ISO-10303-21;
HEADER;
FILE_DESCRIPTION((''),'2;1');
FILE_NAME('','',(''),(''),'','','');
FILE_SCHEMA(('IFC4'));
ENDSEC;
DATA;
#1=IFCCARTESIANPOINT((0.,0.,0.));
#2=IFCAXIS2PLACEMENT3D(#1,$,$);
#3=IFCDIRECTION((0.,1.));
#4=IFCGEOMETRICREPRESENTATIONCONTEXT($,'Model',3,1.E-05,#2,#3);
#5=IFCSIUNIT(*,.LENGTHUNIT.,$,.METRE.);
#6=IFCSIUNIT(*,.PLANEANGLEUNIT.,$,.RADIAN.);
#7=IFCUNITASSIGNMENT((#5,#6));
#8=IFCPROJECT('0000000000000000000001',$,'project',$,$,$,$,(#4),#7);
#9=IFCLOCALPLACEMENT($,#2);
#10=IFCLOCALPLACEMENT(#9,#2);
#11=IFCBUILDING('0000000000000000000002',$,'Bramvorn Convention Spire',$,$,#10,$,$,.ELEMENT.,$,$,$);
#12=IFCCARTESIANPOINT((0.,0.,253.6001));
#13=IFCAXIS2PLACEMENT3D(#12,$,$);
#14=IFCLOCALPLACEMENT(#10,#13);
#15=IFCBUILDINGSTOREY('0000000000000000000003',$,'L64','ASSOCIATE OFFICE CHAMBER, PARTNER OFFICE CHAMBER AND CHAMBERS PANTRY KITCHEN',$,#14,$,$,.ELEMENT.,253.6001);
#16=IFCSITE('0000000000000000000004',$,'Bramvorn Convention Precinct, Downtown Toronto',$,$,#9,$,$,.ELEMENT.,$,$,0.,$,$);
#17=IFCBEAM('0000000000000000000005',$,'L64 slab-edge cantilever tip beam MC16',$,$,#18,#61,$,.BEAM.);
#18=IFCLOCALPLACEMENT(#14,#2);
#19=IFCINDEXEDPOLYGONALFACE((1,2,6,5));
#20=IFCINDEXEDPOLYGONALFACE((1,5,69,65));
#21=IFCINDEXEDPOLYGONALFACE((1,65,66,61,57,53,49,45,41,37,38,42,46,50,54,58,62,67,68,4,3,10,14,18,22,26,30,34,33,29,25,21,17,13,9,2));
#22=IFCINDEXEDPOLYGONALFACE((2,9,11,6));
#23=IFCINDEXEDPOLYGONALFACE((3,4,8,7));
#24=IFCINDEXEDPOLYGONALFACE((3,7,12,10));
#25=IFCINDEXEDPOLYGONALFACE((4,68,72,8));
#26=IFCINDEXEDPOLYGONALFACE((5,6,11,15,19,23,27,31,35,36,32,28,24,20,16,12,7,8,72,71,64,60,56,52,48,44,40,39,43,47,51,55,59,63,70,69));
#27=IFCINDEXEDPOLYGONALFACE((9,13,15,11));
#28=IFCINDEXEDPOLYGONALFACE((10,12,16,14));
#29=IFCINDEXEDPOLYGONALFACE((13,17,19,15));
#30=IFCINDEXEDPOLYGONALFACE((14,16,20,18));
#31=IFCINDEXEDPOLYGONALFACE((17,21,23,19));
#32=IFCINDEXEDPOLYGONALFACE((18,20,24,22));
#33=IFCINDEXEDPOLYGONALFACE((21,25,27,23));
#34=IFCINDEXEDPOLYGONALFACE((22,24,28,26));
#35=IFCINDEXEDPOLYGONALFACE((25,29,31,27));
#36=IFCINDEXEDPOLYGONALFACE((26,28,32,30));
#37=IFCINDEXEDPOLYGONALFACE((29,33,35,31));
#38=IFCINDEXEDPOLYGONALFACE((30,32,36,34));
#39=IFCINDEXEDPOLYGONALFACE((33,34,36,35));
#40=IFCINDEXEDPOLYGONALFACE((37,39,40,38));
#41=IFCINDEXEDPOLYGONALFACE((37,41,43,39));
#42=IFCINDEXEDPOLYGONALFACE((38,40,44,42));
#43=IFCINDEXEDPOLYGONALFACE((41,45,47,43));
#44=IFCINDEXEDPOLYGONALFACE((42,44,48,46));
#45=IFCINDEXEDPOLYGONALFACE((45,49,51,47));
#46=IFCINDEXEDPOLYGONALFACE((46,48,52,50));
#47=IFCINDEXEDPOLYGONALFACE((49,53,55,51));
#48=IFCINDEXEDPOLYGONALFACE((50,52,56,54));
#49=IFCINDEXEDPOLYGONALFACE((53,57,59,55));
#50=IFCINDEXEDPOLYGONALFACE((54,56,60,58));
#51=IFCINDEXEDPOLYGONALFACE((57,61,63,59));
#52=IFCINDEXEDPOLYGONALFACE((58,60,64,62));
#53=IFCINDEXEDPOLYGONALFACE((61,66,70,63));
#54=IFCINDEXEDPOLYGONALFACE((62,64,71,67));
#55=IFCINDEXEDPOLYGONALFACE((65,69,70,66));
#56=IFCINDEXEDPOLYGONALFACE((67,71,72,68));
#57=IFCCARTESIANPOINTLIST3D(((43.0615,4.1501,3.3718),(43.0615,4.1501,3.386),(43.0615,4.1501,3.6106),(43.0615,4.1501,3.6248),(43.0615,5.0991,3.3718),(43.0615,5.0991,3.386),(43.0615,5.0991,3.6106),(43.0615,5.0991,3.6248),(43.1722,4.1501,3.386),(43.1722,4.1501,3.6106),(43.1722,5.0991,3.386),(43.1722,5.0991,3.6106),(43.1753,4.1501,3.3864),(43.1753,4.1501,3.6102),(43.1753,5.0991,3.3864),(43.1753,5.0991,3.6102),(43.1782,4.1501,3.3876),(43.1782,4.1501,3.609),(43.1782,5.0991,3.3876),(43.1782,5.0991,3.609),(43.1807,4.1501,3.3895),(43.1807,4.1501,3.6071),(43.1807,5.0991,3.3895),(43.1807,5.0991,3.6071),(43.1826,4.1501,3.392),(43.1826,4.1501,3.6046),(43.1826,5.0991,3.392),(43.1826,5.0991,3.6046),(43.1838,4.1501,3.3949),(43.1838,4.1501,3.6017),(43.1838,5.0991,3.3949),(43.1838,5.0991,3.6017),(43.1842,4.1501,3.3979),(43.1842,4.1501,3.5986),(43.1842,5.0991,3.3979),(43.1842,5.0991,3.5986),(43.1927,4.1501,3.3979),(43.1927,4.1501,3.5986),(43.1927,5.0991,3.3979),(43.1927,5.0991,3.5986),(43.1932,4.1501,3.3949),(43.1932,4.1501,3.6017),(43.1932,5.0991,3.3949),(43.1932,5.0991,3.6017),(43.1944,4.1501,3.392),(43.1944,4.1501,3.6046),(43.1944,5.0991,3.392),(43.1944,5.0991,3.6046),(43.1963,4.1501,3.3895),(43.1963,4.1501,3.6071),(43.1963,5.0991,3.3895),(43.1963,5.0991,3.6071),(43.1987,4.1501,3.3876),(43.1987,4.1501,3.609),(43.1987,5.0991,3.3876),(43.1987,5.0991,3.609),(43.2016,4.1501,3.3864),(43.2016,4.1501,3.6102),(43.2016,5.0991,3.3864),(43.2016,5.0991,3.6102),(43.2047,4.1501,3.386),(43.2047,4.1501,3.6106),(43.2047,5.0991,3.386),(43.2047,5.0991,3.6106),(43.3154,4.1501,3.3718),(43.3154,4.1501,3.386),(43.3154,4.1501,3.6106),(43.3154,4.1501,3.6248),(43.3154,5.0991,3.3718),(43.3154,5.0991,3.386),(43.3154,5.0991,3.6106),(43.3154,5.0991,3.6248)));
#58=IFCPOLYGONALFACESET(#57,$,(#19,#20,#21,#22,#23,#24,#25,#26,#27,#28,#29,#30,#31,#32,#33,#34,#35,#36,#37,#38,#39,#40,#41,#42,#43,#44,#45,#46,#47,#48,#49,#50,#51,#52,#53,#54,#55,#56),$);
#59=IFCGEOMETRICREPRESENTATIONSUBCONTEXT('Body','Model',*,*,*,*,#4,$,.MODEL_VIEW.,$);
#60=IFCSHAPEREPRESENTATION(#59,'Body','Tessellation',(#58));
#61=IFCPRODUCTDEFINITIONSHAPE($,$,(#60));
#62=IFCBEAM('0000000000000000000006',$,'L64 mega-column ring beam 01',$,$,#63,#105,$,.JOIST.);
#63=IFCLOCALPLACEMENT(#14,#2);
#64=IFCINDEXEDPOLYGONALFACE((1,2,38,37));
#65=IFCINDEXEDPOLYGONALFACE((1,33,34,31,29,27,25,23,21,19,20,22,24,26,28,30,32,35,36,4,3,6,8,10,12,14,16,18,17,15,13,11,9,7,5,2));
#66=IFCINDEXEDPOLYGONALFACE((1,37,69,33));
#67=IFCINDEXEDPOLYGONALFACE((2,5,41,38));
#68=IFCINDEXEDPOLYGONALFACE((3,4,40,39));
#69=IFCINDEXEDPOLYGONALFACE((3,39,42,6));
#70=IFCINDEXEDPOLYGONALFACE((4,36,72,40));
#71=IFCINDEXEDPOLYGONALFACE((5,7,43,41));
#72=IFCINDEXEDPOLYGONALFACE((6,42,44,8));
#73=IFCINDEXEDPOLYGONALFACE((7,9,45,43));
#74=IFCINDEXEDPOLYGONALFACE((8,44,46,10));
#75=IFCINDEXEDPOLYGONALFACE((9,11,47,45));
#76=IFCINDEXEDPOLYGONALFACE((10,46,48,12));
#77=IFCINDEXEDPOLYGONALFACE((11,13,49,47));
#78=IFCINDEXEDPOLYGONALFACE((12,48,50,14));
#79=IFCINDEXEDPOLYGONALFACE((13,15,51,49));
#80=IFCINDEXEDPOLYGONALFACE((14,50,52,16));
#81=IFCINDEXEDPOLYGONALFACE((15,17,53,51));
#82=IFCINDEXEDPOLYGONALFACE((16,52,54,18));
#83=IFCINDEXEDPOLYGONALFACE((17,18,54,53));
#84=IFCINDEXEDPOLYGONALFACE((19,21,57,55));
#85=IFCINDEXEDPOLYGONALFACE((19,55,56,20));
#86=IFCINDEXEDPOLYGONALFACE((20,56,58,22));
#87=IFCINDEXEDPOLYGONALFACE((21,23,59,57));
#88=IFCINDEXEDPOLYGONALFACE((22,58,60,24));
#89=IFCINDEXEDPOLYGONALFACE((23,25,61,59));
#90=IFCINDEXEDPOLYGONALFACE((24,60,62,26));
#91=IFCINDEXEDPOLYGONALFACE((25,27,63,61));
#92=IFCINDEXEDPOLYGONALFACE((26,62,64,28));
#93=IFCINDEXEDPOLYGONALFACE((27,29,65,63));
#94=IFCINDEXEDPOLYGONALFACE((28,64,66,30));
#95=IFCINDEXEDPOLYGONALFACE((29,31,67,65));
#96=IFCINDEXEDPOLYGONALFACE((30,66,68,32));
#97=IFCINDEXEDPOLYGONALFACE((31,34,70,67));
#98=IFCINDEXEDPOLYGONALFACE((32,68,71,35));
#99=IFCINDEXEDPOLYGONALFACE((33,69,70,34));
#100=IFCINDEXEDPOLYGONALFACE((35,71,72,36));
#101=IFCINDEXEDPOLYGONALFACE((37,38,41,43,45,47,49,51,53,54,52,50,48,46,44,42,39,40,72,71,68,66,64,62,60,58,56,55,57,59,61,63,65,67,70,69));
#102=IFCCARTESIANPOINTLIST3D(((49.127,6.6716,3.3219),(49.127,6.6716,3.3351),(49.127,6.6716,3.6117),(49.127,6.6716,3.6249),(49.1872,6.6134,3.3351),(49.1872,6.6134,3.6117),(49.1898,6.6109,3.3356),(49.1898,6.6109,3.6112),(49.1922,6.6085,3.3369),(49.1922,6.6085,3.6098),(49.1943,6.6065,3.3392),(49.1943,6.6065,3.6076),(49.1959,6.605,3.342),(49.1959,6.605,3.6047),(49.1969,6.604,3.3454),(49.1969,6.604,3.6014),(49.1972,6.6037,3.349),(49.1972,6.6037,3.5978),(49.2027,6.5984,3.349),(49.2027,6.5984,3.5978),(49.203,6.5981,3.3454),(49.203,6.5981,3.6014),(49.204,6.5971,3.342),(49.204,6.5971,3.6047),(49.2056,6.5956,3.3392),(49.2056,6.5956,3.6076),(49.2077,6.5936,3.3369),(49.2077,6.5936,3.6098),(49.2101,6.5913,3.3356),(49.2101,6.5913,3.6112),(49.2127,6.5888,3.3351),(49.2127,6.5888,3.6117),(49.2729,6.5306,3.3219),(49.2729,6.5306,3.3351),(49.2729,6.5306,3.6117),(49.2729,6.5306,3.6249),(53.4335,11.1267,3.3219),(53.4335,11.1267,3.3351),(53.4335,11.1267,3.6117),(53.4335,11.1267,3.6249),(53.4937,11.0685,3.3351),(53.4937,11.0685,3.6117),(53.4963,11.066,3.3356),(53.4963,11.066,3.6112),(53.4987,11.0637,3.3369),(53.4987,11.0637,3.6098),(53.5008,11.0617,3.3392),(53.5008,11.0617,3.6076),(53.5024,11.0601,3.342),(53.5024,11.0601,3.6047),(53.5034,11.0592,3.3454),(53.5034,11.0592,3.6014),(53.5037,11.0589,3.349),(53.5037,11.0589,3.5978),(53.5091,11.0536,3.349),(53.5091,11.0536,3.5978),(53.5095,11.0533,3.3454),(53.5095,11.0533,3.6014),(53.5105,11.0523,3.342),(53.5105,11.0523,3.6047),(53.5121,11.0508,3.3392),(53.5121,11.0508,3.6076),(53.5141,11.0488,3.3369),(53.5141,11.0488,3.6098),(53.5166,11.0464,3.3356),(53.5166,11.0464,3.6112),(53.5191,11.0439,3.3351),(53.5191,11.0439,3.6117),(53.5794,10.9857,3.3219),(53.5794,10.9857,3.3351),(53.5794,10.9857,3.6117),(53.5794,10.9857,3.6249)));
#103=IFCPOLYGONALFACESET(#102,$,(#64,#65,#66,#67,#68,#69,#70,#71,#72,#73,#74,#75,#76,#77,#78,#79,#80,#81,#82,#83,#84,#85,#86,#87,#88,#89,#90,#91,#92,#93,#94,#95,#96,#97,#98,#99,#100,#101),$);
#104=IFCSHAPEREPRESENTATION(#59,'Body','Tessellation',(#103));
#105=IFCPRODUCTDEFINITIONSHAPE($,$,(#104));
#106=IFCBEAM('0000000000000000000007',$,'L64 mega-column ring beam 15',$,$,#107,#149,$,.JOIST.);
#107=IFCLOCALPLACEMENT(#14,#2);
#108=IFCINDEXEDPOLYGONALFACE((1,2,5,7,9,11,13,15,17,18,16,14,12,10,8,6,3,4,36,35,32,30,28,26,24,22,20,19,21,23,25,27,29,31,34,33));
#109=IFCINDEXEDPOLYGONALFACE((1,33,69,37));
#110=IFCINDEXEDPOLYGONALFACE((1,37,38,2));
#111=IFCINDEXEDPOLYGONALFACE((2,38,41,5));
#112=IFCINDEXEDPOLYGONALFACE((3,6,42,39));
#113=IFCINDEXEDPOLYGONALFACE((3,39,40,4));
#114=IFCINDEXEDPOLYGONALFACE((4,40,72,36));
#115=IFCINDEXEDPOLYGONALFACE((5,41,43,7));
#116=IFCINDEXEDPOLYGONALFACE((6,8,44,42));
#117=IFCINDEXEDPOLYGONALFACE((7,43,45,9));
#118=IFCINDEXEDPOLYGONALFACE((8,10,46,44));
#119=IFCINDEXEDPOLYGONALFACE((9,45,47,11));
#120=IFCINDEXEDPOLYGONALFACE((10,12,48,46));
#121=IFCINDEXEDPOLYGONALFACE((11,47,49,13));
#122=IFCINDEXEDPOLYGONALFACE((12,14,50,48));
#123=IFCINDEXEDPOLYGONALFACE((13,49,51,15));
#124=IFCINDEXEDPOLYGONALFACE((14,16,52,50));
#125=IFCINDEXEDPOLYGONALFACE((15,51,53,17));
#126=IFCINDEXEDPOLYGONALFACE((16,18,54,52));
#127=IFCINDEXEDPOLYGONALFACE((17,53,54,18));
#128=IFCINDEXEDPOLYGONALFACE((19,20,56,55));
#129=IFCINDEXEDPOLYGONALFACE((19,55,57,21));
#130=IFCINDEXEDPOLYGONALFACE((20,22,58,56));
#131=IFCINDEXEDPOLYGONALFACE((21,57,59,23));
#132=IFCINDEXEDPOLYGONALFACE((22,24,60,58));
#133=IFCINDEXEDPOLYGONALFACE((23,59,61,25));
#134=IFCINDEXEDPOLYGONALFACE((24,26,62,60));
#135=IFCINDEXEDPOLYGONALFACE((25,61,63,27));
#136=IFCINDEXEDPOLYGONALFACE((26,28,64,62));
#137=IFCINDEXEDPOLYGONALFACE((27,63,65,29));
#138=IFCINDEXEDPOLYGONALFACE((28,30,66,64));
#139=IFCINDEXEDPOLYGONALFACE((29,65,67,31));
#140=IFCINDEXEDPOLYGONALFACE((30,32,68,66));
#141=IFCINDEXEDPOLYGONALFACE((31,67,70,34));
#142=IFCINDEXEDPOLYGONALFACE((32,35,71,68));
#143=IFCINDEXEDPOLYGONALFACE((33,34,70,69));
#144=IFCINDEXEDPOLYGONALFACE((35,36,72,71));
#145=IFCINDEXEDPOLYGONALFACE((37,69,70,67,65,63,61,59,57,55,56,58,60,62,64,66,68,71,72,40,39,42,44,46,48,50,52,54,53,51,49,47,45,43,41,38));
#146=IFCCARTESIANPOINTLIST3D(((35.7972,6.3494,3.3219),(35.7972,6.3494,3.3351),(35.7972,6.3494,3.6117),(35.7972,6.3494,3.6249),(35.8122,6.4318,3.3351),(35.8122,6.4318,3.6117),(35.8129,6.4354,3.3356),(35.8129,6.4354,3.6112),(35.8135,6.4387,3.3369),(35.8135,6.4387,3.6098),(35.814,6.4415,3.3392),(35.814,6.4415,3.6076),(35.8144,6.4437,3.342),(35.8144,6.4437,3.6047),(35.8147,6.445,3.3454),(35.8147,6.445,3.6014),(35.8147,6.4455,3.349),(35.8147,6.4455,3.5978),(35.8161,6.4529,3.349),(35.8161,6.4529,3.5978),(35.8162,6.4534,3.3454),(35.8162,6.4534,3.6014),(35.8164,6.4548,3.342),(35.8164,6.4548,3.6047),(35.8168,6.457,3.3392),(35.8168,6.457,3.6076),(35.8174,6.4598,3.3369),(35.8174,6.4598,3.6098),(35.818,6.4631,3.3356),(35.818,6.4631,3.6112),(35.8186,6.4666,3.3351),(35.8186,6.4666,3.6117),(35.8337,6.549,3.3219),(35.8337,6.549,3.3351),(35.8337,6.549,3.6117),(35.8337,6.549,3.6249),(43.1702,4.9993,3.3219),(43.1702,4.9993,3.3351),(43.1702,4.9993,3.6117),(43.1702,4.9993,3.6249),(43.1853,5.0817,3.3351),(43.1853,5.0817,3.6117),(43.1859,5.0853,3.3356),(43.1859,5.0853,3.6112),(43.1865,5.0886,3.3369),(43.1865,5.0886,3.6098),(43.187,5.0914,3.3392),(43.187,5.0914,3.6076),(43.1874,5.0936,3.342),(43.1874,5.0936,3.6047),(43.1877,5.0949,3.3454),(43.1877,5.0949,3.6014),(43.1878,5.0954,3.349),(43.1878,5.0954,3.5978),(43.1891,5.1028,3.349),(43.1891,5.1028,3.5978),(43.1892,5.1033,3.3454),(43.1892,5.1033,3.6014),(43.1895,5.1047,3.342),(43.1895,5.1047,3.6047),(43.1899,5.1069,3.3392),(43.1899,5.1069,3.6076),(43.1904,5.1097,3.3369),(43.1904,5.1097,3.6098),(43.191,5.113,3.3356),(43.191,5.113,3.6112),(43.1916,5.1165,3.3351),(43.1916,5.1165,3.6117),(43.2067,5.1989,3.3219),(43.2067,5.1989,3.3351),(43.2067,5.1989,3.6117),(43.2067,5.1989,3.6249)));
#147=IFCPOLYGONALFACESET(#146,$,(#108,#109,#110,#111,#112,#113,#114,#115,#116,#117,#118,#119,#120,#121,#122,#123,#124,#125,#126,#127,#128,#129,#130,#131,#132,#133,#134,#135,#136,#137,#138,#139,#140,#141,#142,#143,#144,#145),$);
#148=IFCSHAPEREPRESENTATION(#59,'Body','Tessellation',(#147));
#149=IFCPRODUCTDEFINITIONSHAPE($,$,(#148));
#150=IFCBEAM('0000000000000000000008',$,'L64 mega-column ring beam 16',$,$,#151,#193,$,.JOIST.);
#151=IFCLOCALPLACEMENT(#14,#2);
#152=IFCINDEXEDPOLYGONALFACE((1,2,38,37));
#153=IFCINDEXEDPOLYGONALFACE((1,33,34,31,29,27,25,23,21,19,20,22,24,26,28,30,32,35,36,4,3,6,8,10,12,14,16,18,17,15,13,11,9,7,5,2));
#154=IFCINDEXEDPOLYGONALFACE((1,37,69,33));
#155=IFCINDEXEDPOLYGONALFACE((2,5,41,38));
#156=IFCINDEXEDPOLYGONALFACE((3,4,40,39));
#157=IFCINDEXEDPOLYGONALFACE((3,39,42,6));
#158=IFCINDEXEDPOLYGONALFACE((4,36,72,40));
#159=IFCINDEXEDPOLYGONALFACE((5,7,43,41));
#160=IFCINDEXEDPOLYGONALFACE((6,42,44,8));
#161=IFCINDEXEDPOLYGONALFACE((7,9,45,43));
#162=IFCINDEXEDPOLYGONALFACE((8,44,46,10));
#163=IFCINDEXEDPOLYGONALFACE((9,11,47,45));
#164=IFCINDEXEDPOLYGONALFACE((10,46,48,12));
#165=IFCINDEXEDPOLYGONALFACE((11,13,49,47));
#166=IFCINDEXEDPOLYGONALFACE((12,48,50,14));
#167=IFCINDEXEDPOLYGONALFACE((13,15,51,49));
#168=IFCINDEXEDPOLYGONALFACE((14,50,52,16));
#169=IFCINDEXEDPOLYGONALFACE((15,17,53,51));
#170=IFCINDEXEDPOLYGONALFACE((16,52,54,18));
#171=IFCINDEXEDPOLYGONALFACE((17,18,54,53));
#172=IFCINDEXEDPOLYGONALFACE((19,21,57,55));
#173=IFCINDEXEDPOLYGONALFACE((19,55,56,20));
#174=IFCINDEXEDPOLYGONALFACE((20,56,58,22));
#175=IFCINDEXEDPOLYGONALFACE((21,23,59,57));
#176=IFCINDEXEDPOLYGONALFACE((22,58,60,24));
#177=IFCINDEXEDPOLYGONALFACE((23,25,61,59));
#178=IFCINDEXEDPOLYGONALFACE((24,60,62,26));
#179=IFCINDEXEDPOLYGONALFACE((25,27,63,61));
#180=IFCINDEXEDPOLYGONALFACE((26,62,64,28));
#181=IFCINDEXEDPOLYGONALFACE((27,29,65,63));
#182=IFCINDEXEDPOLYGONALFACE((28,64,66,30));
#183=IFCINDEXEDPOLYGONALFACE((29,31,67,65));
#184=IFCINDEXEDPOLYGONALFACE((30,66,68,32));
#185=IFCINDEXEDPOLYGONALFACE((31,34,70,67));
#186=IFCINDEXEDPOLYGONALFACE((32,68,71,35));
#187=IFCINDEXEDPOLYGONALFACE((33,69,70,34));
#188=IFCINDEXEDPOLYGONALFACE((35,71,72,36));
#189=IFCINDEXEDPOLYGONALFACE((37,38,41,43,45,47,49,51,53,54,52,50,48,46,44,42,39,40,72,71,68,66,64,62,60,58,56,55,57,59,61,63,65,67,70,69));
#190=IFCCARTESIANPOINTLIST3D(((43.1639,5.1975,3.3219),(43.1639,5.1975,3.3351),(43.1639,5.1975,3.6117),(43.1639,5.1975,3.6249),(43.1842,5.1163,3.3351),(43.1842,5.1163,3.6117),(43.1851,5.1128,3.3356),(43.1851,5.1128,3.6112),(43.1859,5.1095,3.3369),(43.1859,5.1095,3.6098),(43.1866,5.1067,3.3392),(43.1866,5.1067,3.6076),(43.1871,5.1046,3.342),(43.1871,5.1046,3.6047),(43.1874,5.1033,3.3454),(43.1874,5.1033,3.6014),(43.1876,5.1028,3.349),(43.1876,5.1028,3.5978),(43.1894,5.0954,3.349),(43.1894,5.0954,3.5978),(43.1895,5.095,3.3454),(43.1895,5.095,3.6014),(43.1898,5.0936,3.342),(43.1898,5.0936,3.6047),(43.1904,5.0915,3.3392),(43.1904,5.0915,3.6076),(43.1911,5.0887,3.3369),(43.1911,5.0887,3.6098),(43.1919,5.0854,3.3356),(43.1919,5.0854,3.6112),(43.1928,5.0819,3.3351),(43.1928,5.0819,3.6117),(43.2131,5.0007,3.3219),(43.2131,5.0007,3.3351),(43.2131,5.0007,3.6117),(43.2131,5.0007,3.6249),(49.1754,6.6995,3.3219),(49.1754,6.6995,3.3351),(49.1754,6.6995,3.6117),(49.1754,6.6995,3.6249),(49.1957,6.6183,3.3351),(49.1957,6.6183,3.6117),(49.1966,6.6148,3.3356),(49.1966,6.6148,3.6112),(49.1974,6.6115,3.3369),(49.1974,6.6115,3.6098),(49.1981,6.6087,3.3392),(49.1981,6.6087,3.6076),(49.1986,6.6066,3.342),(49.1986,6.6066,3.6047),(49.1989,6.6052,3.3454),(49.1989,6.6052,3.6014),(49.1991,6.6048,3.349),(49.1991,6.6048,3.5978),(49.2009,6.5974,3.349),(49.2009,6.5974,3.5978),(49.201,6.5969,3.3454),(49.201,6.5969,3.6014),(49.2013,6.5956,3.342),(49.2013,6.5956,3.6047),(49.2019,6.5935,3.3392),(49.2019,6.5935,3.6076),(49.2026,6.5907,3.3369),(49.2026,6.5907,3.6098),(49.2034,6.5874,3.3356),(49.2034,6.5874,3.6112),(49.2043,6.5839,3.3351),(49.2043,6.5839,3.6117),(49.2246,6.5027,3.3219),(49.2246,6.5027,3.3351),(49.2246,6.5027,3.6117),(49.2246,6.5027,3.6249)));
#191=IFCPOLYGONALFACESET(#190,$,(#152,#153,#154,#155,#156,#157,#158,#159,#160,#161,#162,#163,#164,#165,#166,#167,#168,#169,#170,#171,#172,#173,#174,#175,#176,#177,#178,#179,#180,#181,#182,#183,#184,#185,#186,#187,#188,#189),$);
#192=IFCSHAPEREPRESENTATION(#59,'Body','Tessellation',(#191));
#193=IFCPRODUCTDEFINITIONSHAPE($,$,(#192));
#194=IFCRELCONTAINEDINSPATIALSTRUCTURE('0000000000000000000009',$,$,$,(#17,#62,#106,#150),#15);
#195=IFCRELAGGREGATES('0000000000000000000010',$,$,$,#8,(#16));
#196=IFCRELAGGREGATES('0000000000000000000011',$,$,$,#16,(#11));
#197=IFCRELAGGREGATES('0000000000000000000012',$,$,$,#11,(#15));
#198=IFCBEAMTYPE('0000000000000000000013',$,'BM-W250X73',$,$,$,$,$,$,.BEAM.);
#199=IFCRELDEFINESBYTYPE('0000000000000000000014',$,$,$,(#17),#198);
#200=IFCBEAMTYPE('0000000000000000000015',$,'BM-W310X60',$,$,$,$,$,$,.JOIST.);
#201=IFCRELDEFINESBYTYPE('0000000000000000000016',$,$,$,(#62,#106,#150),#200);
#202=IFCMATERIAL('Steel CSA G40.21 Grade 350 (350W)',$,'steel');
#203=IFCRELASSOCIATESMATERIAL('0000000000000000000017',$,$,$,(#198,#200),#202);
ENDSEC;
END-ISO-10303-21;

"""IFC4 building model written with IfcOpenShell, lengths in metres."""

from ifc_helpers import new_model, si_unit, direction, frame, origin, origin_2d, place, context, subcontext, project, spatial, i_section, extrude, material, material_profile, profile_set, type_object, element, save


model = new_model("IFC4")

# Units and contexts
model_context = context("Model", 3, precision=1e-05, world=origin(), true_north=direction((0.0, 1.0)))
body_context = subcontext(model_context, "Body", "Model", "MODEL_VIEW")
ifc_project = project(units=[si_unit("LENGTHUNIT", "METRE"), si_unit("PLANEANGLEUNIT", "RADIAN")], contexts=[model_context])

# Site, building, storey
site_placement = place(None, origin())
site = spatial("IfcSite", under=ifc_project, at=site_placement, Name="Bramvorn Convention Precinct, Downtown Toronto", CompositionType="ELEMENT", RefElevation=0.0)
building_placement = place(site_placement, origin())
building = spatial("IfcBuilding", under=site, at=building_placement, Name="Bramvorn Convention Spire", CompositionType="ELEMENT")
storey_placement = place(building_placement, frame((0.0, 0.0, 253.6001)))
storey = spatial("IfcBuildingStorey", under=building, at=storey_placement, Name="L64", Description="ASSOCIATE OFFICE CHAMBER, PARTNER OFFICE CHAMBER AND CHAMBERS PANTRY KITCHEN", CompositionType="ELEMENT", Elevation=253.6001)

# Shared definitions
ifc_material_1 = material(Name="Steel CSA G40.21 Grade 350 (350W)", Category="steel")

# Beams
ifc_material_profile_1 = material_profile(ifc_material_1, i_section(OverallWidth=0.2539, OverallDepth=0.2529, WebThickness=0.0085, FlangeThickness=0.0142, FilletRadius=0.012, at=origin_2d()))
ifc_profile_set_1 = profile_set([ifc_material_profile_1], Name="Steel CSA G40.21 Grade 350 (350W) - W250X73")
beam_type_1 = type_object("IfcBeamType", Name="BM-W250X73", PredefinedType="BEAM", material=ifc_profile_set_1)
beam_1_placement = place(storey_placement, frame((43.1885, 5.0991, 3.4983), z_axis=(0.0, -1.0, 0.0), x_axis=(1.0, 0.0, 0.0)))
element("IfcBeam", 1, at=beam_1_placement, inside=storey, type_object=beam_type_1, Name="L64 slab-edge cantilever tip beam MC16", PredefinedType="BEAM", context=body_context, shape_type="SweptSolid", body=[
    extrude(i_section(OverallWidth=0.2539, OverallDepth=0.2529, WebThickness=0.0085, FlangeThickness=0.0142, FilletRadius=0.012, at=origin_2d()), origin(), (0.0, 0.0, 1.0), 0.949),
])
ifc_material_profile_2 = material_profile(ifc_material_1, i_section(OverallWidth=0.2029, OverallDepth=0.303, WebThickness=0.0076, FlangeThickness=0.0132, FilletRadius=0.0139, at=origin_2d()))
ifc_profile_set_2 = profile_set([ifc_material_profile_2], Name="Steel CSA G40.21 Grade 350 (350W) - W310X60")
beam_type_2 = type_object("IfcBeamType", Name="BM-W310X60", PredefinedType="JOIST", material=ifc_profile_set_2)
beam_2_placement = place(storey_placement, frame((49.2, 6.6011, 3.4734), z_axis=(0.695007, 0.719003, 0.0), x_axis=(-0.719003, 0.695007, 0.0)))
element("IfcBeam", 2, at=beam_2_placement, inside=storey, type_object=beam_type_2, Name="L64 mega-column ring beam 01", PredefinedType="JOIST", context=body_context, shape_type="SweptSolid", body=[
    extrude(i_section(OverallWidth=0.2029, OverallDepth=0.303, WebThickness=0.0076, FlangeThickness=0.0132, FilletRadius=0.0139, at=origin_2d()), origin(), (0.0, 0.0, 1.0), 6.1963),
])
beam_3_placement = place(storey_placement, frame((35.8154, 6.4492, 3.4734), z_axis=(0.983645, -0.180118, 0.0), x_axis=(0.180118, 0.983645, 0.0)))
element("IfcBeam", 3, at=beam_3_placement, inside=storey, type_object=beam_type_2, Name="L64 mega-column ring beam 15", PredefinedType="JOIST", context=body_context, shape_type="SweptSolid", body=[
    extrude(i_section(OverallWidth=0.2029, OverallDepth=0.303, WebThickness=0.0076, FlangeThickness=0.0132, FilletRadius=0.0139, at=origin_2d()), origin(), (0.0, 0.0, 1.0), 7.4956),
])
beam_4_placement = place(storey_placement, frame((43.1885, 5.0991, 3.4734), z_axis=(0.970177, 0.242397, 0.0), x_axis=(-0.242397, 0.970177, 0.0)))
element("IfcBeam", 4, at=beam_4_placement, inside=storey, type_object=beam_type_2, Name="L64 mega-column ring beam 16", PredefinedType="JOIST", context=body_context, shape_type="SweptSolid", body=[
    extrude(i_section(OverallWidth=0.2029, OverallDepth=0.303, WebThickness=0.0076, FlangeThickness=0.0132, FilletRadius=0.0139, at=origin_2d()), origin(), (0.0, 0.0, 1.0), 6.1963),
])

save(model, "model.ifc")
